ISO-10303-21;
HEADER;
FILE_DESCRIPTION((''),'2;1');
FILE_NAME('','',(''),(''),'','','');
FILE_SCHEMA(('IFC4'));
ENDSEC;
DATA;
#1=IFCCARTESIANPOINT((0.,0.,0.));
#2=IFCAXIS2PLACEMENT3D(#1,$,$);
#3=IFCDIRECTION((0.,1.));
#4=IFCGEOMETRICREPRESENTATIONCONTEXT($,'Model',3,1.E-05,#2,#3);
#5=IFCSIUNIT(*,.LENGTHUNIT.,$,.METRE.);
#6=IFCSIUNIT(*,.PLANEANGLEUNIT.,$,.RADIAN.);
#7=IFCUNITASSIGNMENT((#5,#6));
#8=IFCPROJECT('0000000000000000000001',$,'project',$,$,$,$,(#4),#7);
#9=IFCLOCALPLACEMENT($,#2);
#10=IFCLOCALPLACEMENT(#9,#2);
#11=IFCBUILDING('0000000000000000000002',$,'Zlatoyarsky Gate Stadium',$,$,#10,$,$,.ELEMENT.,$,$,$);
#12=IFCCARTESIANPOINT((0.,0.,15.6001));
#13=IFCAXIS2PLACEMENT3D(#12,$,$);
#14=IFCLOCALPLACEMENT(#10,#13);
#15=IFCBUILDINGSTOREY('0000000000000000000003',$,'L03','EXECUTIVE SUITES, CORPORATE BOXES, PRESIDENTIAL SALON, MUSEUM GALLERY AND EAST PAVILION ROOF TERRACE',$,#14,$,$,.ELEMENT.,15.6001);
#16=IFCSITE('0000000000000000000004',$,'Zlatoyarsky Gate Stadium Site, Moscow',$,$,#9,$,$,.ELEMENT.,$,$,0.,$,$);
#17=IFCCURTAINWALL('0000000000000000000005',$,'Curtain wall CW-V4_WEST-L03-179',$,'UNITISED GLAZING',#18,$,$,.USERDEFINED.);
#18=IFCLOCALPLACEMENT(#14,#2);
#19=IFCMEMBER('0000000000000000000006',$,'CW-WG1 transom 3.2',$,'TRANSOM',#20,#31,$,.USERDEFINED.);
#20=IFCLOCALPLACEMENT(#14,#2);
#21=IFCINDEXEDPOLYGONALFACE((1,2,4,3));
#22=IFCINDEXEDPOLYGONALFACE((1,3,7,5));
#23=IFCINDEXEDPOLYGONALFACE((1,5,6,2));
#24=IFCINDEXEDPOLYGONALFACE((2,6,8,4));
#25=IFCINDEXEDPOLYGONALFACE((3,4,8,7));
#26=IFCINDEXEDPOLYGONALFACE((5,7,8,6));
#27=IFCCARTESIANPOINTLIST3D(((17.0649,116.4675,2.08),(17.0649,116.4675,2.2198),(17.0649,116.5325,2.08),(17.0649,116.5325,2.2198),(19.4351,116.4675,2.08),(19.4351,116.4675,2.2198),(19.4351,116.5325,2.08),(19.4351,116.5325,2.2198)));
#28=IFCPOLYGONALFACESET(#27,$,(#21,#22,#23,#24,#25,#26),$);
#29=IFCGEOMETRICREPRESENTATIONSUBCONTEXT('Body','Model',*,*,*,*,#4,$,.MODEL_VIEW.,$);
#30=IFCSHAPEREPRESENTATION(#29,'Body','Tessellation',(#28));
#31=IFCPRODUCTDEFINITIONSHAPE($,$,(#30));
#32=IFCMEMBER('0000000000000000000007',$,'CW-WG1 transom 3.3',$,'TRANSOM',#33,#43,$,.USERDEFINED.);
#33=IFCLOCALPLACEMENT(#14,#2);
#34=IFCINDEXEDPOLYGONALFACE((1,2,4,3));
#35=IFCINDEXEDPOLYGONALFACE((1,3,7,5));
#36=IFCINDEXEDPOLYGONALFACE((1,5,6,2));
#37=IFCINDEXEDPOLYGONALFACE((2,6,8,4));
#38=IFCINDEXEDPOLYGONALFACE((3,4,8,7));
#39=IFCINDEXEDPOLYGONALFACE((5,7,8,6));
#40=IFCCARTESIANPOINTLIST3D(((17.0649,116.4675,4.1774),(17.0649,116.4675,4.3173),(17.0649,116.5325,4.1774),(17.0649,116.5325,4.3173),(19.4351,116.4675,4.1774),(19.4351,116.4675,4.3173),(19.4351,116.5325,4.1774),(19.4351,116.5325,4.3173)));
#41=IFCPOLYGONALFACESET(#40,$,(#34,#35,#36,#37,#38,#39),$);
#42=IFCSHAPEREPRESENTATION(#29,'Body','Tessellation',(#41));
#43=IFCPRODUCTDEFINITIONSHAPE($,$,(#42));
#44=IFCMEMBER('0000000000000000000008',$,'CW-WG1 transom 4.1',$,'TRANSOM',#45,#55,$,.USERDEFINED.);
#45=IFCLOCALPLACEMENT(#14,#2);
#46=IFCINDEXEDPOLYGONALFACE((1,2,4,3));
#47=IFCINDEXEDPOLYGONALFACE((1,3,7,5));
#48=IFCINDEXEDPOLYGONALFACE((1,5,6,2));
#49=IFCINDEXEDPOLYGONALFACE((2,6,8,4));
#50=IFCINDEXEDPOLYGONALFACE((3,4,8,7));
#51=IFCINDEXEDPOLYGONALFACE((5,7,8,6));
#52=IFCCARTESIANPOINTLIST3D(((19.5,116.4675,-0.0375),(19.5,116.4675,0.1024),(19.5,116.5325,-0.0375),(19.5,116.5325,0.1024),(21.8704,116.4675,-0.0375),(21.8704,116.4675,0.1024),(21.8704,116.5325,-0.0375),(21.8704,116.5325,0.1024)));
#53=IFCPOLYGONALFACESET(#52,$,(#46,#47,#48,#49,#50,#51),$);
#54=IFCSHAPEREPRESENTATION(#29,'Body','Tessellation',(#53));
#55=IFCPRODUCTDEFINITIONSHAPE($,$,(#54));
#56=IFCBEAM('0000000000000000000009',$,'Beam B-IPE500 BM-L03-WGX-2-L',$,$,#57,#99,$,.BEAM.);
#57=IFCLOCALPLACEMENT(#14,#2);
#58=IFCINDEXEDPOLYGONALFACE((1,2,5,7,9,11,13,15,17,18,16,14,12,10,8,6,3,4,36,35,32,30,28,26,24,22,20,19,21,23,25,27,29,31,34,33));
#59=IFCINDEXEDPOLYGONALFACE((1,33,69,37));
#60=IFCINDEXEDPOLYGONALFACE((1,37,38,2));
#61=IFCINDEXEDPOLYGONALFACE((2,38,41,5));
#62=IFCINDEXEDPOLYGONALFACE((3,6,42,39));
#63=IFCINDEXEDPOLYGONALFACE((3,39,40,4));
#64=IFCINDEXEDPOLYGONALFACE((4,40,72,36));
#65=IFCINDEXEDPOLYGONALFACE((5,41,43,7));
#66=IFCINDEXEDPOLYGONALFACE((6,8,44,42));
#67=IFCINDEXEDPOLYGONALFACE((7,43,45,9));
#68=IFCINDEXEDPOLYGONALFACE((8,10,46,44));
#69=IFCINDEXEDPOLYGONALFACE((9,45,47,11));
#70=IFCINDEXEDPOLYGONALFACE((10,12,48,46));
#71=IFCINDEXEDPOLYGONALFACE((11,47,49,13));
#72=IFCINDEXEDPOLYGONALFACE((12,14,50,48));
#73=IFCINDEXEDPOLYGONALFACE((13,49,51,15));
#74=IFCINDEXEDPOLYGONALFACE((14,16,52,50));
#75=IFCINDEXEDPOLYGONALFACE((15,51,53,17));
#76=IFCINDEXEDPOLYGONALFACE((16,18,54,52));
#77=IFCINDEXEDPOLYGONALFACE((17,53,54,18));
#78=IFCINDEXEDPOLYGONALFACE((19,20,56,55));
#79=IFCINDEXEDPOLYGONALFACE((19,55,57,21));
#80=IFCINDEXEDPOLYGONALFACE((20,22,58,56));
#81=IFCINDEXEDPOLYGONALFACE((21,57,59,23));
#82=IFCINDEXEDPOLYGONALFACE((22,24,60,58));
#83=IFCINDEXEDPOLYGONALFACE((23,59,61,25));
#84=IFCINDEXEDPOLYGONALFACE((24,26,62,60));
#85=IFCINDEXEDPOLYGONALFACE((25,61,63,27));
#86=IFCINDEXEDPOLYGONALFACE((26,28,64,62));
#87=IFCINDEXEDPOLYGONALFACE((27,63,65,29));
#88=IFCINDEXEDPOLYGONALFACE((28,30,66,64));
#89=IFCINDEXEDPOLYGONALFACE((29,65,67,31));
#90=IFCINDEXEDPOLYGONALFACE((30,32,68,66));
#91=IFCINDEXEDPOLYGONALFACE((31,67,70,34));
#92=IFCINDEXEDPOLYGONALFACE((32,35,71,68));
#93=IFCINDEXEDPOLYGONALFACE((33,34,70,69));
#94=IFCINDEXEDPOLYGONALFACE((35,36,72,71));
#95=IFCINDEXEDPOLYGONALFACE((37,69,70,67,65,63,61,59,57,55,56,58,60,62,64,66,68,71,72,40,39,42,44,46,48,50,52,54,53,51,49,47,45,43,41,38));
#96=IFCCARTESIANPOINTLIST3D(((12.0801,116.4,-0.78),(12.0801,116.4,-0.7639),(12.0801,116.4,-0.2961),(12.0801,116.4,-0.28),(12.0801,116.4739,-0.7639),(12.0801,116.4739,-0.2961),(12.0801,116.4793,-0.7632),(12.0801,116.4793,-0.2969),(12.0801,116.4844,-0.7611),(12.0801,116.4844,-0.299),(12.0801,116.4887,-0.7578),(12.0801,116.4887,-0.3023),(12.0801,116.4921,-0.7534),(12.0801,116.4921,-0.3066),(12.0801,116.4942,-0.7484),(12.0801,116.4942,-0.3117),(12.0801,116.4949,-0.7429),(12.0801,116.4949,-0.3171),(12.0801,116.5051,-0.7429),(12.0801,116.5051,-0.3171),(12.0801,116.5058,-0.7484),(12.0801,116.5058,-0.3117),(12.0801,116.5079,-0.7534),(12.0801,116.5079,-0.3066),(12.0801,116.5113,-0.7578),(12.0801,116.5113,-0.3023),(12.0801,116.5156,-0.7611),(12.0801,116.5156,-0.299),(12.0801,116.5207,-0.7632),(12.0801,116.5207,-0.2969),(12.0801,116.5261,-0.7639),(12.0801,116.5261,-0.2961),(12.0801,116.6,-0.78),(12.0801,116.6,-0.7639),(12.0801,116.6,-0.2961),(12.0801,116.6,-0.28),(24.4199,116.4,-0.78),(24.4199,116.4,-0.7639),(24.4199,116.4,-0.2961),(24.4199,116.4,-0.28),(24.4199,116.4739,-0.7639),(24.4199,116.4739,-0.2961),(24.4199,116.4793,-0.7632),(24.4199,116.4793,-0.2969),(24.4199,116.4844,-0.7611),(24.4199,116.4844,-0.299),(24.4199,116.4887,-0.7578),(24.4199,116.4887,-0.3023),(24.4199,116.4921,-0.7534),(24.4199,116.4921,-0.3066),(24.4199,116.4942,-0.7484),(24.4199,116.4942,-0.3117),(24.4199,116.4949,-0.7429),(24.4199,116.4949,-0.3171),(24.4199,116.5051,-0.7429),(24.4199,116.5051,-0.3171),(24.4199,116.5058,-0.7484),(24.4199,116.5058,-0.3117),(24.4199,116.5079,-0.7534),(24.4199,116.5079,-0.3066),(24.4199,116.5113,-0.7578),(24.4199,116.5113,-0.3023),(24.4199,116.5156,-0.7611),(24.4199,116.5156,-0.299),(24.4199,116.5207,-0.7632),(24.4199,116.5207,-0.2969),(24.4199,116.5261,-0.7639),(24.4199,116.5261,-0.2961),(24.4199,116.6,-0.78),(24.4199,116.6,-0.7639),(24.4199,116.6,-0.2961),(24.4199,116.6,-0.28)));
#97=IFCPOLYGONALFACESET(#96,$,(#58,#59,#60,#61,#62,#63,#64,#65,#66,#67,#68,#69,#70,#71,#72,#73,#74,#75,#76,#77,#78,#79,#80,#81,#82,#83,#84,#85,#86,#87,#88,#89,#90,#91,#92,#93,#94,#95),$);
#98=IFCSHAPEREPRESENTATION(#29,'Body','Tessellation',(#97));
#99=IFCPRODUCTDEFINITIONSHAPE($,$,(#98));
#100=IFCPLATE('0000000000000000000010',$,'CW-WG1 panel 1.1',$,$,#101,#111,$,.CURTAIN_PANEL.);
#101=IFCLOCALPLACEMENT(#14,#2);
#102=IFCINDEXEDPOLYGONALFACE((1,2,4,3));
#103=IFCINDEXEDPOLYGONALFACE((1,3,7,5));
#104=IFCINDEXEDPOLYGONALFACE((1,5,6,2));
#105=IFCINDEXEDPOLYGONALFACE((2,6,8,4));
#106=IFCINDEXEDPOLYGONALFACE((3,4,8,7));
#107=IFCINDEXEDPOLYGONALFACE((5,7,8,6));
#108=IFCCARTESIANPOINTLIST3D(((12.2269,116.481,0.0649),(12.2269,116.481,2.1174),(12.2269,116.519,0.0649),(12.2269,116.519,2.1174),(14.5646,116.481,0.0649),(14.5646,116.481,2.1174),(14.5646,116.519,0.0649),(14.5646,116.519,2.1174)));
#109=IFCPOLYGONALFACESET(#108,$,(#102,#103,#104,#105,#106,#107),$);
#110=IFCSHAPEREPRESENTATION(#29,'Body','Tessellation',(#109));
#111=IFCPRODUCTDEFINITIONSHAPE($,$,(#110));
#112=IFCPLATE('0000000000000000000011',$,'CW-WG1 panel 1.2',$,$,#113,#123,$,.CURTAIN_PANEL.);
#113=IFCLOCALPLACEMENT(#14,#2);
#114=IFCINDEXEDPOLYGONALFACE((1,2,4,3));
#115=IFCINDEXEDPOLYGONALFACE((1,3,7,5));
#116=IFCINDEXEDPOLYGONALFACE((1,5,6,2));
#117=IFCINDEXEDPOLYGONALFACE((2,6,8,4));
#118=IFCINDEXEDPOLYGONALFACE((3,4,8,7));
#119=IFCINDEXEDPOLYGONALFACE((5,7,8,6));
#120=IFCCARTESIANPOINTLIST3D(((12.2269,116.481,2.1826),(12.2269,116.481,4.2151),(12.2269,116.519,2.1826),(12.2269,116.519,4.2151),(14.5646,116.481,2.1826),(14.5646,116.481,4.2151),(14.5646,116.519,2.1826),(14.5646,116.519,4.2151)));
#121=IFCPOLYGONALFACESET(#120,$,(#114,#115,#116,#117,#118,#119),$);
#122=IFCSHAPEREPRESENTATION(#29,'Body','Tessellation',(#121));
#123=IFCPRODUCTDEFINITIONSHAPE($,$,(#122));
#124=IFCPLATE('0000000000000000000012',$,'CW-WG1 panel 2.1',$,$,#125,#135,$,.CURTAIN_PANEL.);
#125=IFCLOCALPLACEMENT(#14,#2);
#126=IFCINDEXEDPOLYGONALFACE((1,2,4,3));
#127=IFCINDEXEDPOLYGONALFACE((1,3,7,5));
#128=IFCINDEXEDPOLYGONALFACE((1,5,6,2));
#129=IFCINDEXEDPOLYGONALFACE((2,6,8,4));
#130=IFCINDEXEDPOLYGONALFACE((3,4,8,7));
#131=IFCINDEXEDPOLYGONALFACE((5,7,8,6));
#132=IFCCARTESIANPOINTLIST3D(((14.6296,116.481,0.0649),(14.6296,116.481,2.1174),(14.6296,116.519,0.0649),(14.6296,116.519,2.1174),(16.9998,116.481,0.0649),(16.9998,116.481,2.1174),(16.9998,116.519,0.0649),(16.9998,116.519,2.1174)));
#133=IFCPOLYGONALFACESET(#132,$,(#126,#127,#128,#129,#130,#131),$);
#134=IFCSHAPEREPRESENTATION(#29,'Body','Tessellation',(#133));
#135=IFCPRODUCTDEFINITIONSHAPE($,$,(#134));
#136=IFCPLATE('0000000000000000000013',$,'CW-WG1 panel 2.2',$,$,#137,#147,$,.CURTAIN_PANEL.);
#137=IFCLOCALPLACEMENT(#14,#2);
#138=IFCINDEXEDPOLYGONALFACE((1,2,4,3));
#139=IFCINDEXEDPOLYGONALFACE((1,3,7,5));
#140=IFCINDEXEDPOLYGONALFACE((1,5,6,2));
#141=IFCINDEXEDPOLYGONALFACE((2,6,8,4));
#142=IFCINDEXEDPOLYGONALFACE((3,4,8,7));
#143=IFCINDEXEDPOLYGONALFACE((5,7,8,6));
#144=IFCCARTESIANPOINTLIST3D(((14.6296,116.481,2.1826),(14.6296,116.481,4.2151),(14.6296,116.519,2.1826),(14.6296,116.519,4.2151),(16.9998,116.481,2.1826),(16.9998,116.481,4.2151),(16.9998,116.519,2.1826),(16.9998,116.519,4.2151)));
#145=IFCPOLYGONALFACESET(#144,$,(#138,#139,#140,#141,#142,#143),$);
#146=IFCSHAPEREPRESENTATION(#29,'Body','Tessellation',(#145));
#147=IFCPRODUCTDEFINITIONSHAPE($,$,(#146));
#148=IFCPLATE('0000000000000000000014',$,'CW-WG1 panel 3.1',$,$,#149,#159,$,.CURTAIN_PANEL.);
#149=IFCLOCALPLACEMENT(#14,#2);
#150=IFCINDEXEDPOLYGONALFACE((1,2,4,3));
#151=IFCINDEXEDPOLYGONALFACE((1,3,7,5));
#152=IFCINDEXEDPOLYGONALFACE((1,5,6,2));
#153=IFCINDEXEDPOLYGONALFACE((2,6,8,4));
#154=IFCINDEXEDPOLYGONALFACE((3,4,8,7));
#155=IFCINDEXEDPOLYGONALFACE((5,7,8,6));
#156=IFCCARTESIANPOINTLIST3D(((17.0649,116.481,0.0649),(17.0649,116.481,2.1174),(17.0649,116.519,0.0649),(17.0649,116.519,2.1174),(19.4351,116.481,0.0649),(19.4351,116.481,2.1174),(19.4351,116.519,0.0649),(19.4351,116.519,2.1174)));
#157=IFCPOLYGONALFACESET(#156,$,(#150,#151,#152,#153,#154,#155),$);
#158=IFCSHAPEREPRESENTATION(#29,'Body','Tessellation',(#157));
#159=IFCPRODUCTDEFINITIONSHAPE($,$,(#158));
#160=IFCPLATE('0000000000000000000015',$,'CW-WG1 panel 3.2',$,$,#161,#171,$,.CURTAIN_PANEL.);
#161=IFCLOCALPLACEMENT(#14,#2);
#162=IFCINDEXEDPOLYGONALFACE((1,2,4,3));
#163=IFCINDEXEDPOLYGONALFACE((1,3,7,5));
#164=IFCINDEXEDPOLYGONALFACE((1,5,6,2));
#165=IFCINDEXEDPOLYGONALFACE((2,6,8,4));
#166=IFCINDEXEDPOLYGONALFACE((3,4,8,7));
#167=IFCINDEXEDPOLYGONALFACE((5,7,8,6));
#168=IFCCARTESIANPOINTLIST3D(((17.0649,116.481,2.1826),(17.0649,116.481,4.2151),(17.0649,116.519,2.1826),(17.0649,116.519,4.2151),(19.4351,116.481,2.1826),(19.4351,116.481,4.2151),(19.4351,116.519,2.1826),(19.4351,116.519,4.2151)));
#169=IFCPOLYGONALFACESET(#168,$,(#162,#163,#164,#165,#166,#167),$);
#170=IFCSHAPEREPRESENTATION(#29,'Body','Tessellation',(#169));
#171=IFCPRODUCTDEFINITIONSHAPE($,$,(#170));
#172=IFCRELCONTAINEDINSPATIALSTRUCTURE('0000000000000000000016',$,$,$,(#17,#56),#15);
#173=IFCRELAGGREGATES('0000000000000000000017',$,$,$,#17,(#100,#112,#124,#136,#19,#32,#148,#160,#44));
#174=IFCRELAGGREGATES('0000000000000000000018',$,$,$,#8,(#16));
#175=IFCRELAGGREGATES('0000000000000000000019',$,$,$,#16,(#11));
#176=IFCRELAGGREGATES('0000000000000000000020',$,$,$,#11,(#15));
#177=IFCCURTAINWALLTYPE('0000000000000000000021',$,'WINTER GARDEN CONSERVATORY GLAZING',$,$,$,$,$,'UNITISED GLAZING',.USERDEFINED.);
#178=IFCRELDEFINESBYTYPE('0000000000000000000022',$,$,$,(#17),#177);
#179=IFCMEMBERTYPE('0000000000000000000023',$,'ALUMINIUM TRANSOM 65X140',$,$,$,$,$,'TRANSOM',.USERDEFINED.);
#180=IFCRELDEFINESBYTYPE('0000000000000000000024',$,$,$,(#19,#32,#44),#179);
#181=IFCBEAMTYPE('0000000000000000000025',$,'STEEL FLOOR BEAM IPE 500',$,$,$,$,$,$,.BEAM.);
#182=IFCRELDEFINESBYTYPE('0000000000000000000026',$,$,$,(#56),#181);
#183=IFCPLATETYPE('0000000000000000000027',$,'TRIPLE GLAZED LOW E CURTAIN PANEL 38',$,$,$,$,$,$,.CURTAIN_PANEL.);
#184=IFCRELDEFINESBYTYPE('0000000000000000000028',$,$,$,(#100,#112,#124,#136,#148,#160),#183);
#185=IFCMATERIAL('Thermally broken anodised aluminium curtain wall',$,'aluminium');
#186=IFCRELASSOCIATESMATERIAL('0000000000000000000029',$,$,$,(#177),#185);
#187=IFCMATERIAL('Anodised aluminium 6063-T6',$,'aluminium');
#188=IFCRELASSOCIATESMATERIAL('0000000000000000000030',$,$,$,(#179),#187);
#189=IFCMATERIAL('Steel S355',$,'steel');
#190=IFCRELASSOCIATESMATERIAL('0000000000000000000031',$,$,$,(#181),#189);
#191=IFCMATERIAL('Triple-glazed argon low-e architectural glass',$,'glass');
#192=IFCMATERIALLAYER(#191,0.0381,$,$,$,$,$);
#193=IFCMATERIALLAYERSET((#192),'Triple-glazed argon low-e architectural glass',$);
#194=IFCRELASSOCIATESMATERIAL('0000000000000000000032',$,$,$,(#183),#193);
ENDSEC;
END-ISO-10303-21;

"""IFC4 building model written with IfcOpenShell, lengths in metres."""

from ifc_helpers import new_model, si_unit, direction, frame, origin, origin_2d, place, context, subcontext, project, spatial, rectangle, i_section, extrude, material, layer, layer_set, material_profile, profile_set, type_object, element, aggregate, save


model = new_model("IFC4")

# Units and contexts
model_context = context("Model", 3, precision=1e-05, world=origin(), true_north=direction((0.0, 1.0)))
body_context = subcontext(model_context, "Body", "Model", "MODEL_VIEW")
ifc_project = project(units=[si_unit("LENGTHUNIT", "METRE"), si_unit("PLANEANGLEUNIT", "RADIAN")], contexts=[model_context])

# Site, building, storey
site_placement = place(None, origin())
site = spatial("IfcSite", under=ifc_project, at=site_placement, Name="Zlatoyarsky Gate Stadium Site, Moscow", CompositionType="ELEMENT", RefElevation=0.0)
building_placement = place(site_placement, origin())
building = spatial("IfcBuilding", under=site, at=building_placement, Name="Zlatoyarsky Gate Stadium", CompositionType="ELEMENT")
storey_placement = place(building_placement, frame((0.0, 0.0, 15.6001)))
storey = spatial("IfcBuildingStorey", under=building, at=storey_placement, Name="L03", Description="EXECUTIVE SUITES, CORPORATE BOXES, PRESIDENTIAL SALON, MUSEUM GALLERY AND EAST PAVILION ROOF TERRACE", CompositionType="ELEMENT", Elevation=15.6001)

# Shared definitions
ifc_material_1 = material(Name="Steel S355", Category="steel")

# Curtain wall, members
ifc_material_2 = material(Name="Thermally broken anodised aluminium curtain wall", Category="aluminium")
curtain_wall_type = type_object("IfcCurtainWallType", Name="WINTER GARDEN CONSERVATORY GLAZING", ElementType="UNITISED GLAZING", PredefinedType="USERDEFINED", material=ifc_material_2)
curtain_wall_placement = place(storey_placement, origin())
curtain_wall = element("IfcCurtainWall", 1, at=curtain_wall_placement, inside=storey, type_object=curtain_wall_type, Name="Curtain wall CW-V4_WEST-L03-179", ObjectType="UNITISED GLAZING", PredefinedType="USERDEFINED")
ifc_material_3 = material(Name="Anodised aluminium 6063-T6", Category="aluminium")
ifc_material_profile_1 = material_profile(ifc_material_3, rectangle(XDim=0.0649, YDim=0.1399, at=origin_2d()), Name="ALU 65X140")
ifc_profile_set_1 = profile_set([ifc_material_profile_1], Name="Anodised aluminium 6063-T6")
member_type_1 = type_object("IfcMemberType", Name="ALUMINIUM TRANSOM 65X140", ElementType="TRANSOM", PredefinedType="USERDEFINED", material=ifc_profile_set_1)
member_1_placement = place(storey_placement, frame((17.0649, 116.5, 2.1499), z_axis=(1.0, 0.0, 0.0), x_axis=(0.0, 1.0, 0.0)))
member_1 = element("IfcMember", 2, at=member_1_placement, type_object=member_type_1, Name="CW-WG1 transom 3.2", ObjectType="TRANSOM", PredefinedType="USERDEFINED", context=body_context, shape_type="SweptSolid", body=[
    extrude(rectangle(XDim=0.0649, YDim=0.1399, at=origin_2d()), origin(), (0.0, 0.0, 1.0), 2.3701),
])
member_2_placement = place(storey_placement, frame((17.0649, 116.5, 4.2473), z_axis=(1.0, 0.0, 0.0), x_axis=(0.0, 1.0, 0.0)))
member_2 = element("IfcMember", 3, at=member_2_placement, type_object=member_type_1, Name="CW-WG1 transom 3.3", ObjectType="TRANSOM", PredefinedType="USERDEFINED", context=body_context, shape_type="SweptSolid", body=[
    extrude(rectangle(XDim=0.0649, YDim=0.1399, at=origin_2d()), origin(), (0.0, 0.0, 1.0), 2.3701),
])
member_3_placement = place(storey_placement, frame((19.5, 116.5, 0.0325), z_axis=(1.0, 0.0, 0.0), x_axis=(0.0, 1.0, 0.0)))
member_3 = element("IfcMember", 4, at=member_3_placement, type_object=member_type_1, Name="CW-WG1 transom 4.1", ObjectType="TRANSOM", PredefinedType="USERDEFINED", context=body_context, shape_type="SweptSolid", body=[
    extrude(rectangle(XDim=0.0649, YDim=0.1399, at=origin_2d()), origin(), (0.0, 0.0, 1.0), 2.3704),
])

# Beam
ifc_material_profile_2 = material_profile(ifc_material_1, i_section(OverallWidth=0.2, OverallDepth=0.5, WebThickness=0.0103, FlangeThickness=0.0161, FilletRadius=0.021, at=origin_2d()), Name="IPE 500")
ifc_profile_set_2 = profile_set([ifc_material_profile_2], Name="Steel S355")
beam_type = type_object("IfcBeamType", Name="STEEL FLOOR BEAM IPE 500", PredefinedType="BEAM", material=ifc_profile_set_2)
beam_placement = place(storey_placement, frame((12.0801, 116.5, -0.53), z_axis=(1.0, 0.0, 0.0), x_axis=(0.0, 1.0, 0.0)))
element("IfcBeam", 5, at=beam_placement, inside=storey, type_object=beam_type, Name="Beam B-IPE500 BM-L03-WGX-2-L", PredefinedType="BEAM", context=body_context, shape_type="SweptSolid", body=[
    extrude(i_section(OverallWidth=0.2, OverallDepth=0.5, WebThickness=0.0103, FlangeThickness=0.0161, FilletRadius=0.021, at=origin_2d()), origin(), (0.0, 0.0, 1.0), 12.3398),
])

# Plates
ifc_material_4 = material(Name="Triple-glazed argon low-e architectural glass", Category="glass")
ifc_layer_1 = layer(ifc_material_4, 0.0381)
ifc_layer_set_1 = layer_set([ifc_layer_1], Name="Triple-glazed argon low-e architectural glass")
plate_type = type_object("IfcPlateType", Name="TRIPLE GLAZED LOW E CURTAIN PANEL 38", PredefinedType="CURTAIN_PANEL", material=ifc_layer_set_1)
plate_1_placement = place(storey_placement, frame((13.3958, 116.5, 0.0649), z_axis=(0.0, 0.0, 1.0), x_axis=(1.0, 0.0, 0.0)))
plate_1 = element("IfcPlate", 6, at=plate_1_placement, type_object=plate_type, Name="CW-WG1 panel 1.1", PredefinedType="CURTAIN_PANEL", context=body_context, shape_type="SweptSolid", body=[
    extrude(rectangle(XDim=2.3376, YDim=0.0381, at=origin_2d()), origin(), (0.0, 0.0, 1.0), 2.0525),
])
plate_2_placement = place(storey_placement, frame((13.3958, 116.5, 2.1826), z_axis=(0.0, 0.0, 1.0), x_axis=(1.0, 0.0, 0.0)))
plate_2 = element("IfcPlate", 7, at=plate_2_placement, type_object=plate_type, Name="CW-WG1 panel 1.2", PredefinedType="CURTAIN_PANEL", context=body_context, shape_type="SweptSolid", body=[
    extrude(rectangle(XDim=2.3376, YDim=0.0381, at=origin_2d()), origin(), (0.0, 0.0, 1.0), 2.0325),
])
plate_3_placement = place(storey_placement, frame((15.8147, 116.5, 0.0649), z_axis=(0.0, 0.0, 1.0), x_axis=(1.0, 0.0, 0.0)))
plate_3 = element("IfcPlate", 8, at=plate_3_placement, type_object=plate_type, Name="CW-WG1 panel 2.1", PredefinedType="CURTAIN_PANEL", context=body_context, shape_type="SweptSolid", body=[
    extrude(rectangle(XDim=2.3701, YDim=0.0381, at=origin_2d()), origin(), (0.0, 0.0, 1.0), 2.0525),
])
plate_4_placement = place(storey_placement, frame((15.8147, 116.5, 2.1826), z_axis=(0.0, 0.0, 1.0), x_axis=(1.0, 0.0, 0.0)))
plate_4 = element("IfcPlate", 9, at=plate_4_placement, type_object=plate_type, Name="CW-WG1 panel 2.2", PredefinedType="CURTAIN_PANEL", context=body_context, shape_type="SweptSolid", body=[
    extrude(rectangle(XDim=2.3701, YDim=0.0381, at=origin_2d()), origin(), (0.0, 0.0, 1.0), 2.0325),
])
plate_5_placement = place(storey_placement, frame((18.25, 116.5, 0.0649), z_axis=(0.0, 0.0, 1.0), x_axis=(1.0, 0.0, 0.0)))
plate_5 = element("IfcPlate", 10, at=plate_5_placement, type_object=plate_type, Name="CW-WG1 panel 3.1", PredefinedType="CURTAIN_PANEL", context=body_context, shape_type="SweptSolid", body=[
    extrude(rectangle(XDim=2.3701, YDim=0.0381, at=origin_2d()), origin(), (0.0, 0.0, 1.0), 2.0525),
])
plate_6_placement = place(storey_placement, frame((18.25, 116.5, 2.1826), z_axis=(0.0, 0.0, 1.0), x_axis=(1.0, 0.0, 0.0)))
plate_6 = element("IfcPlate", 11, at=plate_6_placement, type_object=plate_type, Name="CW-WG1 panel 3.2", PredefinedType="CURTAIN_PANEL", context=body_context, shape_type="SweptSolid", body=[
    extrude(rectangle(XDim=2.3701, YDim=0.0381, at=origin_2d()), origin(), (0.0, 0.0, 1.0), 2.0325),
])
aggregate(curtain_wall, [plate_1, plate_2, plate_3, plate_4, member_1, member_2, plate_5, plate_6, member_3])

save(model, "model.ifc")
